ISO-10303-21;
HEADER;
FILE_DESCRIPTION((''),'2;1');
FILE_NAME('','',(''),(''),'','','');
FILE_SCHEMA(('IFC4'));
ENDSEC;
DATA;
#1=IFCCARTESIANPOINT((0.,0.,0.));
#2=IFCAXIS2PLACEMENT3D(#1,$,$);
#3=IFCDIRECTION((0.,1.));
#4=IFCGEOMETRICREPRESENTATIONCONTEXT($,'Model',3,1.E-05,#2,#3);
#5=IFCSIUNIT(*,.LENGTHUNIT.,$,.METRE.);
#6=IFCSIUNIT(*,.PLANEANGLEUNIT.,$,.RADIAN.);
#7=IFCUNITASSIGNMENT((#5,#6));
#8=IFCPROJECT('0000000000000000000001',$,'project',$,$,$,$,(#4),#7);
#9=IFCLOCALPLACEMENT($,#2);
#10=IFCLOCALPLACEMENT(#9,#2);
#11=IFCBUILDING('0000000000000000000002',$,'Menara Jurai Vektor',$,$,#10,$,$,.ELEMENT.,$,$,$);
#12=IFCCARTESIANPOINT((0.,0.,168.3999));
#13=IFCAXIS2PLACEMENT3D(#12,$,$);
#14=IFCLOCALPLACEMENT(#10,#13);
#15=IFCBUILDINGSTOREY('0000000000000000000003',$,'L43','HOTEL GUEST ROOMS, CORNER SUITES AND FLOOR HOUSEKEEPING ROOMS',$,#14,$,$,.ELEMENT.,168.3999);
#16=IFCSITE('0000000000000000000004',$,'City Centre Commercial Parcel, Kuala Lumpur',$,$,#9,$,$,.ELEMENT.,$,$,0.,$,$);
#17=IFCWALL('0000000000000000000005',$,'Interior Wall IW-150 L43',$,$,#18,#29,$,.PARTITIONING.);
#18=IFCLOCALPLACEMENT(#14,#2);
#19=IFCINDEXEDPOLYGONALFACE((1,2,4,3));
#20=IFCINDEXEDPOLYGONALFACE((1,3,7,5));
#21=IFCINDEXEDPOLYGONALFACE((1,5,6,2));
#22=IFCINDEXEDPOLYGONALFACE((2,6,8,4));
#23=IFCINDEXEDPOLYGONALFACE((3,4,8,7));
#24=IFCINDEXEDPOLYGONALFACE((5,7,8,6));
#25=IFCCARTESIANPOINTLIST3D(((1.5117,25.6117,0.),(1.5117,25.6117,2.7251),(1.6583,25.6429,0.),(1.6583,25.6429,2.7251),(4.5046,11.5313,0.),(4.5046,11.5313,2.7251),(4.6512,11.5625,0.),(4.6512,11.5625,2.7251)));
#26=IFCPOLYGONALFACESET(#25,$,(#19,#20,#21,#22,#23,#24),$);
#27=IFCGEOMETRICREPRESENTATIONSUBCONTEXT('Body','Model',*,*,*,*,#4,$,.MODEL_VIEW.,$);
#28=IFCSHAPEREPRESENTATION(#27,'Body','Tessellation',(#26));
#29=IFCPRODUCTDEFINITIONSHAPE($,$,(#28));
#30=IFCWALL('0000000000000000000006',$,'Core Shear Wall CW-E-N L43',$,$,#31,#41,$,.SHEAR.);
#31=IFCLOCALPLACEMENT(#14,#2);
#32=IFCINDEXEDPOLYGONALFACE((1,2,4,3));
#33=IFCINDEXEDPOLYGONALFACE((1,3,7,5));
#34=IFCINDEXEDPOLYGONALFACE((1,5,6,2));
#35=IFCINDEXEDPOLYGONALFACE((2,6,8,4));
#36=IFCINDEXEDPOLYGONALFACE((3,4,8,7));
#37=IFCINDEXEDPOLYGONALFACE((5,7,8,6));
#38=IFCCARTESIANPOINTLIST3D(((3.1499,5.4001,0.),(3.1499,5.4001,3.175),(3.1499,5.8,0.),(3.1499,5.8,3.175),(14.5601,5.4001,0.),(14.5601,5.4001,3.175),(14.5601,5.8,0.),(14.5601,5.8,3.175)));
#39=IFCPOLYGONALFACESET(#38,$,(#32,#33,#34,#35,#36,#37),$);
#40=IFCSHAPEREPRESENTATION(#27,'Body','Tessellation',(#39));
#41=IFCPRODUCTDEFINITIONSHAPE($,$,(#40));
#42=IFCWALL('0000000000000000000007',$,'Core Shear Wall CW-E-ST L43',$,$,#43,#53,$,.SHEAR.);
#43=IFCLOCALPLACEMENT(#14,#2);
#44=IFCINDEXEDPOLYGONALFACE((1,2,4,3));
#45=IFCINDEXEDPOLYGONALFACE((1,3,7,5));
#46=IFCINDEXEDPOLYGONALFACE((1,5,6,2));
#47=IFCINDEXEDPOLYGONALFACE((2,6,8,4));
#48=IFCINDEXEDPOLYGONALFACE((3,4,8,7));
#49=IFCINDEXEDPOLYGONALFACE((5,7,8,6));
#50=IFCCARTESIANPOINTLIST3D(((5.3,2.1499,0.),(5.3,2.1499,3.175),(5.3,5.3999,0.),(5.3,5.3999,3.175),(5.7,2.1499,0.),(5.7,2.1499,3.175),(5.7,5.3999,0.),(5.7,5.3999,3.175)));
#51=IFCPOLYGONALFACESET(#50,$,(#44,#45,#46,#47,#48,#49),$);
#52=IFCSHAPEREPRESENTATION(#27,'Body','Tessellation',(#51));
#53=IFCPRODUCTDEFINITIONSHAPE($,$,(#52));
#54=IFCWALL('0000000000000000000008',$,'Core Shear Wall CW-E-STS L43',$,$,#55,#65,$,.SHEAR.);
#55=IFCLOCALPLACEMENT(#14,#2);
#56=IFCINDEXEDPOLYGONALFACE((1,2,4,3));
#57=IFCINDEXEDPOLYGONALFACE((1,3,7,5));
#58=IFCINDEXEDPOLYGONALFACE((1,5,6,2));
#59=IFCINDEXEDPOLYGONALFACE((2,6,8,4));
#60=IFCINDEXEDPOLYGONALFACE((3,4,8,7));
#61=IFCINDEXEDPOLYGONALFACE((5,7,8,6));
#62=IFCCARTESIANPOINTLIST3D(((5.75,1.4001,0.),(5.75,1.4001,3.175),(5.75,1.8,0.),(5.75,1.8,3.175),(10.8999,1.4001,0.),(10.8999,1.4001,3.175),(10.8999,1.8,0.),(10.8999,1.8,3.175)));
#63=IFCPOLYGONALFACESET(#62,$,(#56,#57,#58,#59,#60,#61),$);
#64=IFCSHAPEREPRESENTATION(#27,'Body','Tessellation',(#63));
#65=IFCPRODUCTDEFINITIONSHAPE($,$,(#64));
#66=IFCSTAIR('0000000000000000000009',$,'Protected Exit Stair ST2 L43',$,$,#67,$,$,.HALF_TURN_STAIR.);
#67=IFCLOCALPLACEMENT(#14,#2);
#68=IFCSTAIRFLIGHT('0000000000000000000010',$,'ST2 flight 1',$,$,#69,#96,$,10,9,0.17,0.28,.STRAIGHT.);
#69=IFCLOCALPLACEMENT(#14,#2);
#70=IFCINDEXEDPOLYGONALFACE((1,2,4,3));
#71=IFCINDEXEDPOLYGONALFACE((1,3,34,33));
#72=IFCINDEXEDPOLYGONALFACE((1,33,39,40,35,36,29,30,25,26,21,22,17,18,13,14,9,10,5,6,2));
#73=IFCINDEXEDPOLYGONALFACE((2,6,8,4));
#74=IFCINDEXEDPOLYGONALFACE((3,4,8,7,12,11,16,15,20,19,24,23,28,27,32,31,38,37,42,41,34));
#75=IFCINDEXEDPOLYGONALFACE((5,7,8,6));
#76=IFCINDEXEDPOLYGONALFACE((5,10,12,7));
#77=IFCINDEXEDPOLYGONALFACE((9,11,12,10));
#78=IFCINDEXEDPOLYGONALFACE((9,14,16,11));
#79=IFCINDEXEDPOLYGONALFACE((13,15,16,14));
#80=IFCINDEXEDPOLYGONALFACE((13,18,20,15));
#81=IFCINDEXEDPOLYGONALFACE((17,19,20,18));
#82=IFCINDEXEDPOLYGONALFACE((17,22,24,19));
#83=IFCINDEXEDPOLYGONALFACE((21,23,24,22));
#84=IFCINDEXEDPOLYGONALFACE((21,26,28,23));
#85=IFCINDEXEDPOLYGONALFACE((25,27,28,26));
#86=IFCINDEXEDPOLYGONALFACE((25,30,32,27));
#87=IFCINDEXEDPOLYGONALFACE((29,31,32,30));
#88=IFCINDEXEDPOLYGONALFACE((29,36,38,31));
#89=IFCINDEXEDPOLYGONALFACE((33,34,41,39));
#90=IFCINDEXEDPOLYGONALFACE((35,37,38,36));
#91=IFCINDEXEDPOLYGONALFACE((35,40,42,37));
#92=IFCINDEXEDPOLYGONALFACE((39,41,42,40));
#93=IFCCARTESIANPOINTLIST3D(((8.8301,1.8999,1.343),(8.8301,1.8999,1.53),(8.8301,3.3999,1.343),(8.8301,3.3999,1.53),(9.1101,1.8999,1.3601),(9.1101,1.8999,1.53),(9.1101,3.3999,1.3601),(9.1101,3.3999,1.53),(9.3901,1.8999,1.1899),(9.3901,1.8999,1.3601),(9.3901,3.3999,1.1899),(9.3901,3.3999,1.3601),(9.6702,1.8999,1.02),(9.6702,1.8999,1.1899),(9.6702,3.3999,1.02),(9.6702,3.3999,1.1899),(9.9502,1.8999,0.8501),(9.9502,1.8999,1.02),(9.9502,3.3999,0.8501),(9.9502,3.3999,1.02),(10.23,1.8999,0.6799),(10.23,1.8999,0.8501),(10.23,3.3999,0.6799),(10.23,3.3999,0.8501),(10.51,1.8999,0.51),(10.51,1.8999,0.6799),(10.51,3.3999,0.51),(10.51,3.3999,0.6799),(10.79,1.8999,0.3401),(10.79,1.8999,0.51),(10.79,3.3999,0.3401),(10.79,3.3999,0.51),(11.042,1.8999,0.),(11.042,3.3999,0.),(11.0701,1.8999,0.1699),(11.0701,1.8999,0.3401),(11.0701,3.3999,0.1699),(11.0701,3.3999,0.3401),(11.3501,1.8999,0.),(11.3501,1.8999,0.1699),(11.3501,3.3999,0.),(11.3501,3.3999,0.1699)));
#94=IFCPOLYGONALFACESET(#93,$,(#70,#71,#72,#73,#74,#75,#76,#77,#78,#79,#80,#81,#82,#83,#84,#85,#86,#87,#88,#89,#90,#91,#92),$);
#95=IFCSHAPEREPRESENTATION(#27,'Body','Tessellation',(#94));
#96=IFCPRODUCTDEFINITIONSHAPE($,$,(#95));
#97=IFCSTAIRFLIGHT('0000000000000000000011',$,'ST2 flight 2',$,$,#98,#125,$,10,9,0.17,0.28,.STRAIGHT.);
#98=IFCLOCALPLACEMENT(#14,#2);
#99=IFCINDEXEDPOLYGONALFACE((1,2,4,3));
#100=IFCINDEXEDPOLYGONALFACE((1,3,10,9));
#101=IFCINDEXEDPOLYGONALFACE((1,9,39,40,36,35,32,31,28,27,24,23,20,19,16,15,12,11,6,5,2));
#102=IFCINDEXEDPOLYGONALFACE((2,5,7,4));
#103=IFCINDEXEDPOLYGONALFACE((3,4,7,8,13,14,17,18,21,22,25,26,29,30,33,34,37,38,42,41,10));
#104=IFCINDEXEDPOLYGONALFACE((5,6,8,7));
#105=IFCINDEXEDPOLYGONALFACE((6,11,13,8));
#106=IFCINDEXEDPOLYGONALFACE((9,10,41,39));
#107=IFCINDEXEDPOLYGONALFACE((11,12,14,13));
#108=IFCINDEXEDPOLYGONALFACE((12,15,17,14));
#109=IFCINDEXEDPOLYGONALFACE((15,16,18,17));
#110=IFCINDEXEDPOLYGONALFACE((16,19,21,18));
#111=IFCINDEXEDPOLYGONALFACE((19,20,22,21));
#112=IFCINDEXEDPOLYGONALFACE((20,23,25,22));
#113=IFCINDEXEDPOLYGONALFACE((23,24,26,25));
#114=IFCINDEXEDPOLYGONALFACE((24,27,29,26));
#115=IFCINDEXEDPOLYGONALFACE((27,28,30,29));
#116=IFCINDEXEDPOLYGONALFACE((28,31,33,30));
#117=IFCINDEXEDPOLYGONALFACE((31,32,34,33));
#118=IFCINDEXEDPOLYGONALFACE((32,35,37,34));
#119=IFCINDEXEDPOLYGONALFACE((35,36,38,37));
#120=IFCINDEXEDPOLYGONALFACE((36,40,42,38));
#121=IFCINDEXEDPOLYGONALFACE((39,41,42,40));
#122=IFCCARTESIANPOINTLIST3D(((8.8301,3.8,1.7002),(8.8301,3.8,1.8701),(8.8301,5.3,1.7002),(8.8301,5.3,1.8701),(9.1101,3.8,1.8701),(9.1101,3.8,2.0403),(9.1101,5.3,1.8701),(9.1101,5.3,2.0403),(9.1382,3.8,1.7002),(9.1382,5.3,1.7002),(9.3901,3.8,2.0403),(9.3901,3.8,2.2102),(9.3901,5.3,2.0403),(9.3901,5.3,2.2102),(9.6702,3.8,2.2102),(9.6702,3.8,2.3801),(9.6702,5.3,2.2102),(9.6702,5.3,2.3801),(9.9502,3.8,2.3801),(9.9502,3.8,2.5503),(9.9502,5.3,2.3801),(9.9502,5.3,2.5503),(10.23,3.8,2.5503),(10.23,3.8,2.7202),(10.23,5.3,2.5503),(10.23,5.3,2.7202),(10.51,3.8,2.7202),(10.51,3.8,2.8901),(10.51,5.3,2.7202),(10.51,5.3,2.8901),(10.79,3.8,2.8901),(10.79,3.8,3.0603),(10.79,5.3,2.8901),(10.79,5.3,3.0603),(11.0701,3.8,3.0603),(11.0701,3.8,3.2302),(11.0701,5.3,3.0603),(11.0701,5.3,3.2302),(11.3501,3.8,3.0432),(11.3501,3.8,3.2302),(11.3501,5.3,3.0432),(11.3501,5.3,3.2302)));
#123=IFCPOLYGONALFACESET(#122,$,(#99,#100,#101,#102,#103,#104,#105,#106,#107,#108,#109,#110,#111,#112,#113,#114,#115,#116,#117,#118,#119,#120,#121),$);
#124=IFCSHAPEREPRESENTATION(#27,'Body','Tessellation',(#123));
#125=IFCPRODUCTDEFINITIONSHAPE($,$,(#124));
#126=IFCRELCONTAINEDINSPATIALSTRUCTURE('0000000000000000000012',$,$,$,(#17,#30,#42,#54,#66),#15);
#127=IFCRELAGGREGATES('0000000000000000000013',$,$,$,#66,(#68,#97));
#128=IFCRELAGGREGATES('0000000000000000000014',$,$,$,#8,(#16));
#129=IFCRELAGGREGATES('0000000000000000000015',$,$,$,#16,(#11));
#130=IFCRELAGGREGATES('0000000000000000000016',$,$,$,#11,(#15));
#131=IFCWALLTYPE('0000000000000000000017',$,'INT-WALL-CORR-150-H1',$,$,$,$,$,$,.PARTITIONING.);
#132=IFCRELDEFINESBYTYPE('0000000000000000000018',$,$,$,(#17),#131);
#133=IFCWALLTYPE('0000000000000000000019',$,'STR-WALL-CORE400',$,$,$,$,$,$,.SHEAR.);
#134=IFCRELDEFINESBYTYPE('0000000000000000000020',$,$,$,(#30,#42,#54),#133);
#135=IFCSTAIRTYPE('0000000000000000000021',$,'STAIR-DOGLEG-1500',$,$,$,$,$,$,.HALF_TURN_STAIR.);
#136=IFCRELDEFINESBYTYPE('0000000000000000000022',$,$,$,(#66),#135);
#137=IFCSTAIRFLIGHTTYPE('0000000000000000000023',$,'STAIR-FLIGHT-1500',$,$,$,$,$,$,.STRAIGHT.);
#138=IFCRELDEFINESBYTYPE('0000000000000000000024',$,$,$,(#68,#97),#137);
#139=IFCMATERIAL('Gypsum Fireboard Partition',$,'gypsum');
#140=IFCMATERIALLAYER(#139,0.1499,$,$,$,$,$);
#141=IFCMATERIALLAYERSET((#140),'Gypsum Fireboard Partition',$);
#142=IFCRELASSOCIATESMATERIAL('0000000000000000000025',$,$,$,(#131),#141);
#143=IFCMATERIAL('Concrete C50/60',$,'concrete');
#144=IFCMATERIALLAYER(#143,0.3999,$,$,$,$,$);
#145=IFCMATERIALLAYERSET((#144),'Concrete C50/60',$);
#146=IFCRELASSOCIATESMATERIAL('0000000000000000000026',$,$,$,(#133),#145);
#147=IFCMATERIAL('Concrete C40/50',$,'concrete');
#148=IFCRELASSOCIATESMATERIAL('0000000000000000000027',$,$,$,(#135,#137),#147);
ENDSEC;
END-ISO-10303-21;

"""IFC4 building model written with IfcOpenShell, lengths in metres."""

from ifc_helpers import new_model, si_unit, direction, frame, frame_2d, origin, place, context, subcontext, project, spatial, polyline, rectangle, outline, extrude, material, layer, layer_set, type_object, element, aggregate, save


model = new_model("IFC4")

# Units and contexts
model_context = context("Model", 3, precision=1e-05, world=origin(), true_north=direction((0.0, 1.0)))
body_context = subcontext(model_context, "Body", "Model", "MODEL_VIEW")
ifc_project = project(units=[si_unit("LENGTHUNIT", "METRE"), si_unit("PLANEANGLEUNIT", "RADIAN")], contexts=[model_context])

# Site, building, storey
site_placement = place(None, origin())
site = spatial("IfcSite", under=ifc_project, at=site_placement, Name="City Centre Commercial Parcel, Kuala Lumpur", CompositionType="ELEMENT", RefElevation=0.0)
building_placement = place(site_placement, origin())
building = spatial("IfcBuilding", under=site, at=building_placement, Name="Menara Jurai Vektor", CompositionType="ELEMENT")
storey_placement = place(building_placement, frame((0.0, 0.0, 168.3999)))
storey = spatial("IfcBuildingStorey", under=building, at=storey_placement, Name="L43", Description="HOTEL GUEST ROOMS, CORNER SUITES AND FLOOR HOUSEKEEPING ROOMS", CompositionType="ELEMENT", Elevation=168.3999)

# Shared definitions
ifc_material_1 = material(Name="Concrete C50/60", Category="concrete")

# Shared definitions
ifc_material_2 = material(Name="Concrete C40/50", Category="concrete")

# Shared definitions
ifc_material_3 = material(Name="Gypsum Fireboard Partition", Category="gypsum")

# Walls
ifc_layer_1 = layer(ifc_material_3, 0.1499)
ifc_layer_set_1 = layer_set([ifc_layer_1], Name="Gypsum Fireboard Partition")
wall_type_1 = type_object("IfcWallType", Name="INT-WALL-CORR-150-H1", PredefinedType="PARTITIONING", material=ifc_layer_set_1)
wall_1_placement = place(storey_placement, frame((4.5779, 11.5469, 0.0), z_axis=(0.0, 0.0, 1.0), x_axis=(-0.207912, 0.978148, 0.0)))
element("IfcWall", 1, at=wall_1_placement, inside=storey, type_object=wall_type_1, Name="Interior Wall IW-150 L43", PredefinedType="PARTITIONING", context=body_context, shape_type="SweptSolid", body=[
    extrude(rectangle(XDim=14.395, YDim=0.1499, at=frame_2d((7.1975, 0.0))), origin(), (0.0, 0.0, 1.0), 2.7251),
])
ifc_layer_2 = layer(ifc_material_1, 0.3999)
ifc_layer_set_2 = layer_set([ifc_layer_2], Name="Concrete C50/60")
wall_type_2 = type_object("IfcWallType", Name="STR-WALL-CORE400", PredefinedType="SHEAR", material=ifc_layer_set_2)
wall_2_placement = place(storey_placement, frame((3.1499, 5.6001, 0.0), z_axis=(0.0, 0.0, 1.0), x_axis=(1.0, 0.0, 0.0)))
element("IfcWall", 2, at=wall_2_placement, inside=storey, type_object=wall_type_2, Name="Core Shear Wall CW-E-N L43", PredefinedType="SHEAR", context=body_context, shape_type="SweptSolid", body=[
    extrude(rectangle(XDim=11.4102, YDim=0.3999, at=frame_2d((5.7051, 0.0))), origin(), (0.0, 0.0, 1.0), 3.175),
])
wall_3_placement = place(storey_placement, frame((5.5, 2.1499, 0.0), z_axis=(0.0, 0.0, 1.0), x_axis=(0.0, 1.0, 0.0)))
element("IfcWall", 3, at=wall_3_placement, inside=storey, type_object=wall_type_2, Name="Core Shear Wall CW-E-ST L43", PredefinedType="SHEAR", context=body_context, shape_type="SweptSolid", body=[
    extrude(rectangle(XDim=3.25, YDim=0.3999, at=frame_2d((1.625, 0.0))), origin(), (0.0, 0.0, 1.0), 3.175),
])
wall_4_placement = place(storey_placement, frame((5.75, 1.6001, 0.0), z_axis=(0.0, 0.0, 1.0), x_axis=(1.0, 0.0, 0.0)))
element("IfcWall", 4, at=wall_4_placement, inside=storey, type_object=wall_type_2, Name="Core Shear Wall CW-E-STS L43", PredefinedType="SHEAR", context=body_context, shape_type="SweptSolid", body=[
    extrude(rectangle(XDim=5.1499, YDim=0.3999, at=frame_2d((2.575, 0.0))), origin(), (0.0, 0.0, 1.0), 3.175),
])

# Stair, stair flights
stair_type = type_object("IfcStairType", Name="STAIR-DOGLEG-1500", PredefinedType="HALF_TURN_STAIR", material=ifc_material_2)
stair_placement = place(storey_placement, origin())
stair = element("IfcStair", 5, at=stair_placement, inside=storey, type_object=stair_type, Name="Protected Exit Stair ST2 L43", PredefinedType="HALF_TURN_STAIR")
stair_flight_type = type_object("IfcStairFlightType", Name="STAIR-FLIGHT-1500", PredefinedType="STRAIGHT", material=ifc_material_2)
stair_flight_1_placement = place(storey_placement, frame((11.3501, 2.6499, 0.0), z_axis=(0.0, 0.0, 1.0), x_axis=(-1.0, 0.0, 0.0)))
stair_flight_1 = element("IfcStairFlight", 6, at=stair_flight_1_placement, type_object=stair_flight_type, Name="ST2 flight 1", NumberOfRisers=10, NumberOfTreads=9, PredefinedType="STRAIGHT", RiserHeight=0.17, TreadLength=0.28, context=body_context, shape_type="SweptSolid", body=[
    extrude(outline(polyline([(0.0, 0.0), (0.0, 0.1699), (0.28, 0.1699), (0.28, 0.3401), (0.5601, 0.3401), (0.5601, 0.51), (0.8401, 0.51), (0.8401, 0.6799), (1.1201, 0.6799), (1.1201, 0.8501), (1.3999, 0.8501), (1.3999, 1.02), (1.6799, 1.02), (1.6799, 1.1899), (1.96, 1.1899), (1.96, 1.3601), (2.24, 1.3601), (2.24, 1.53), (2.52, 1.53), (2.52, 1.7), (2.52, 1.343), (0.3081, 0.0), (0.0, 0.0)])), frame((0.0, 0.75, 0.0), z_axis=(0.0, -1.0, 0.0), x_axis=(1.0, 0.0, 0.0)), (0.0, 0.0, 1.0), 1.5),
])
stair_flight_2_placement = place(storey_placement, frame((8.8301, 4.55, 1.7002), z_axis=(0.0, 0.0, 1.0), x_axis=(1.0, 0.0, 0.0)))
stair_flight_2 = element("IfcStairFlight", 7, at=stair_flight_2_placement, type_object=stair_flight_type, Name="ST2 flight 2", NumberOfRisers=10, NumberOfTreads=9, PredefinedType="STRAIGHT", RiserHeight=0.17, TreadLength=0.28, context=body_context, shape_type="SweptSolid", body=[
    extrude(outline(polyline([(0.0, 0.0), (0.0, 0.1699), (0.28, 0.1699), (0.28, 0.3401), (0.5601, 0.3401), (0.5601, 0.51), (0.8401, 0.51), (0.8401, 0.6799), (1.1201, 0.6799), (1.1201, 0.8501), (1.3999, 0.8501), (1.3999, 1.02), (1.6799, 1.02), (1.6799, 1.1899), (1.96, 1.1899), (1.96, 1.3601), (2.24, 1.3601), (2.24, 1.53), (2.52, 1.53), (2.52, 1.7), (2.52, 1.343), (0.3081, 0.0), (0.0, 0.0)])), frame((0.0, 0.75, 0.0), z_axis=(0.0, -1.0, 0.0), x_axis=(1.0, 0.0, 0.0)), (0.0, 0.0, 1.0), 1.5),
])
aggregate(stair, [stair_flight_1, stair_flight_2])

save(model, "model.ifc")
